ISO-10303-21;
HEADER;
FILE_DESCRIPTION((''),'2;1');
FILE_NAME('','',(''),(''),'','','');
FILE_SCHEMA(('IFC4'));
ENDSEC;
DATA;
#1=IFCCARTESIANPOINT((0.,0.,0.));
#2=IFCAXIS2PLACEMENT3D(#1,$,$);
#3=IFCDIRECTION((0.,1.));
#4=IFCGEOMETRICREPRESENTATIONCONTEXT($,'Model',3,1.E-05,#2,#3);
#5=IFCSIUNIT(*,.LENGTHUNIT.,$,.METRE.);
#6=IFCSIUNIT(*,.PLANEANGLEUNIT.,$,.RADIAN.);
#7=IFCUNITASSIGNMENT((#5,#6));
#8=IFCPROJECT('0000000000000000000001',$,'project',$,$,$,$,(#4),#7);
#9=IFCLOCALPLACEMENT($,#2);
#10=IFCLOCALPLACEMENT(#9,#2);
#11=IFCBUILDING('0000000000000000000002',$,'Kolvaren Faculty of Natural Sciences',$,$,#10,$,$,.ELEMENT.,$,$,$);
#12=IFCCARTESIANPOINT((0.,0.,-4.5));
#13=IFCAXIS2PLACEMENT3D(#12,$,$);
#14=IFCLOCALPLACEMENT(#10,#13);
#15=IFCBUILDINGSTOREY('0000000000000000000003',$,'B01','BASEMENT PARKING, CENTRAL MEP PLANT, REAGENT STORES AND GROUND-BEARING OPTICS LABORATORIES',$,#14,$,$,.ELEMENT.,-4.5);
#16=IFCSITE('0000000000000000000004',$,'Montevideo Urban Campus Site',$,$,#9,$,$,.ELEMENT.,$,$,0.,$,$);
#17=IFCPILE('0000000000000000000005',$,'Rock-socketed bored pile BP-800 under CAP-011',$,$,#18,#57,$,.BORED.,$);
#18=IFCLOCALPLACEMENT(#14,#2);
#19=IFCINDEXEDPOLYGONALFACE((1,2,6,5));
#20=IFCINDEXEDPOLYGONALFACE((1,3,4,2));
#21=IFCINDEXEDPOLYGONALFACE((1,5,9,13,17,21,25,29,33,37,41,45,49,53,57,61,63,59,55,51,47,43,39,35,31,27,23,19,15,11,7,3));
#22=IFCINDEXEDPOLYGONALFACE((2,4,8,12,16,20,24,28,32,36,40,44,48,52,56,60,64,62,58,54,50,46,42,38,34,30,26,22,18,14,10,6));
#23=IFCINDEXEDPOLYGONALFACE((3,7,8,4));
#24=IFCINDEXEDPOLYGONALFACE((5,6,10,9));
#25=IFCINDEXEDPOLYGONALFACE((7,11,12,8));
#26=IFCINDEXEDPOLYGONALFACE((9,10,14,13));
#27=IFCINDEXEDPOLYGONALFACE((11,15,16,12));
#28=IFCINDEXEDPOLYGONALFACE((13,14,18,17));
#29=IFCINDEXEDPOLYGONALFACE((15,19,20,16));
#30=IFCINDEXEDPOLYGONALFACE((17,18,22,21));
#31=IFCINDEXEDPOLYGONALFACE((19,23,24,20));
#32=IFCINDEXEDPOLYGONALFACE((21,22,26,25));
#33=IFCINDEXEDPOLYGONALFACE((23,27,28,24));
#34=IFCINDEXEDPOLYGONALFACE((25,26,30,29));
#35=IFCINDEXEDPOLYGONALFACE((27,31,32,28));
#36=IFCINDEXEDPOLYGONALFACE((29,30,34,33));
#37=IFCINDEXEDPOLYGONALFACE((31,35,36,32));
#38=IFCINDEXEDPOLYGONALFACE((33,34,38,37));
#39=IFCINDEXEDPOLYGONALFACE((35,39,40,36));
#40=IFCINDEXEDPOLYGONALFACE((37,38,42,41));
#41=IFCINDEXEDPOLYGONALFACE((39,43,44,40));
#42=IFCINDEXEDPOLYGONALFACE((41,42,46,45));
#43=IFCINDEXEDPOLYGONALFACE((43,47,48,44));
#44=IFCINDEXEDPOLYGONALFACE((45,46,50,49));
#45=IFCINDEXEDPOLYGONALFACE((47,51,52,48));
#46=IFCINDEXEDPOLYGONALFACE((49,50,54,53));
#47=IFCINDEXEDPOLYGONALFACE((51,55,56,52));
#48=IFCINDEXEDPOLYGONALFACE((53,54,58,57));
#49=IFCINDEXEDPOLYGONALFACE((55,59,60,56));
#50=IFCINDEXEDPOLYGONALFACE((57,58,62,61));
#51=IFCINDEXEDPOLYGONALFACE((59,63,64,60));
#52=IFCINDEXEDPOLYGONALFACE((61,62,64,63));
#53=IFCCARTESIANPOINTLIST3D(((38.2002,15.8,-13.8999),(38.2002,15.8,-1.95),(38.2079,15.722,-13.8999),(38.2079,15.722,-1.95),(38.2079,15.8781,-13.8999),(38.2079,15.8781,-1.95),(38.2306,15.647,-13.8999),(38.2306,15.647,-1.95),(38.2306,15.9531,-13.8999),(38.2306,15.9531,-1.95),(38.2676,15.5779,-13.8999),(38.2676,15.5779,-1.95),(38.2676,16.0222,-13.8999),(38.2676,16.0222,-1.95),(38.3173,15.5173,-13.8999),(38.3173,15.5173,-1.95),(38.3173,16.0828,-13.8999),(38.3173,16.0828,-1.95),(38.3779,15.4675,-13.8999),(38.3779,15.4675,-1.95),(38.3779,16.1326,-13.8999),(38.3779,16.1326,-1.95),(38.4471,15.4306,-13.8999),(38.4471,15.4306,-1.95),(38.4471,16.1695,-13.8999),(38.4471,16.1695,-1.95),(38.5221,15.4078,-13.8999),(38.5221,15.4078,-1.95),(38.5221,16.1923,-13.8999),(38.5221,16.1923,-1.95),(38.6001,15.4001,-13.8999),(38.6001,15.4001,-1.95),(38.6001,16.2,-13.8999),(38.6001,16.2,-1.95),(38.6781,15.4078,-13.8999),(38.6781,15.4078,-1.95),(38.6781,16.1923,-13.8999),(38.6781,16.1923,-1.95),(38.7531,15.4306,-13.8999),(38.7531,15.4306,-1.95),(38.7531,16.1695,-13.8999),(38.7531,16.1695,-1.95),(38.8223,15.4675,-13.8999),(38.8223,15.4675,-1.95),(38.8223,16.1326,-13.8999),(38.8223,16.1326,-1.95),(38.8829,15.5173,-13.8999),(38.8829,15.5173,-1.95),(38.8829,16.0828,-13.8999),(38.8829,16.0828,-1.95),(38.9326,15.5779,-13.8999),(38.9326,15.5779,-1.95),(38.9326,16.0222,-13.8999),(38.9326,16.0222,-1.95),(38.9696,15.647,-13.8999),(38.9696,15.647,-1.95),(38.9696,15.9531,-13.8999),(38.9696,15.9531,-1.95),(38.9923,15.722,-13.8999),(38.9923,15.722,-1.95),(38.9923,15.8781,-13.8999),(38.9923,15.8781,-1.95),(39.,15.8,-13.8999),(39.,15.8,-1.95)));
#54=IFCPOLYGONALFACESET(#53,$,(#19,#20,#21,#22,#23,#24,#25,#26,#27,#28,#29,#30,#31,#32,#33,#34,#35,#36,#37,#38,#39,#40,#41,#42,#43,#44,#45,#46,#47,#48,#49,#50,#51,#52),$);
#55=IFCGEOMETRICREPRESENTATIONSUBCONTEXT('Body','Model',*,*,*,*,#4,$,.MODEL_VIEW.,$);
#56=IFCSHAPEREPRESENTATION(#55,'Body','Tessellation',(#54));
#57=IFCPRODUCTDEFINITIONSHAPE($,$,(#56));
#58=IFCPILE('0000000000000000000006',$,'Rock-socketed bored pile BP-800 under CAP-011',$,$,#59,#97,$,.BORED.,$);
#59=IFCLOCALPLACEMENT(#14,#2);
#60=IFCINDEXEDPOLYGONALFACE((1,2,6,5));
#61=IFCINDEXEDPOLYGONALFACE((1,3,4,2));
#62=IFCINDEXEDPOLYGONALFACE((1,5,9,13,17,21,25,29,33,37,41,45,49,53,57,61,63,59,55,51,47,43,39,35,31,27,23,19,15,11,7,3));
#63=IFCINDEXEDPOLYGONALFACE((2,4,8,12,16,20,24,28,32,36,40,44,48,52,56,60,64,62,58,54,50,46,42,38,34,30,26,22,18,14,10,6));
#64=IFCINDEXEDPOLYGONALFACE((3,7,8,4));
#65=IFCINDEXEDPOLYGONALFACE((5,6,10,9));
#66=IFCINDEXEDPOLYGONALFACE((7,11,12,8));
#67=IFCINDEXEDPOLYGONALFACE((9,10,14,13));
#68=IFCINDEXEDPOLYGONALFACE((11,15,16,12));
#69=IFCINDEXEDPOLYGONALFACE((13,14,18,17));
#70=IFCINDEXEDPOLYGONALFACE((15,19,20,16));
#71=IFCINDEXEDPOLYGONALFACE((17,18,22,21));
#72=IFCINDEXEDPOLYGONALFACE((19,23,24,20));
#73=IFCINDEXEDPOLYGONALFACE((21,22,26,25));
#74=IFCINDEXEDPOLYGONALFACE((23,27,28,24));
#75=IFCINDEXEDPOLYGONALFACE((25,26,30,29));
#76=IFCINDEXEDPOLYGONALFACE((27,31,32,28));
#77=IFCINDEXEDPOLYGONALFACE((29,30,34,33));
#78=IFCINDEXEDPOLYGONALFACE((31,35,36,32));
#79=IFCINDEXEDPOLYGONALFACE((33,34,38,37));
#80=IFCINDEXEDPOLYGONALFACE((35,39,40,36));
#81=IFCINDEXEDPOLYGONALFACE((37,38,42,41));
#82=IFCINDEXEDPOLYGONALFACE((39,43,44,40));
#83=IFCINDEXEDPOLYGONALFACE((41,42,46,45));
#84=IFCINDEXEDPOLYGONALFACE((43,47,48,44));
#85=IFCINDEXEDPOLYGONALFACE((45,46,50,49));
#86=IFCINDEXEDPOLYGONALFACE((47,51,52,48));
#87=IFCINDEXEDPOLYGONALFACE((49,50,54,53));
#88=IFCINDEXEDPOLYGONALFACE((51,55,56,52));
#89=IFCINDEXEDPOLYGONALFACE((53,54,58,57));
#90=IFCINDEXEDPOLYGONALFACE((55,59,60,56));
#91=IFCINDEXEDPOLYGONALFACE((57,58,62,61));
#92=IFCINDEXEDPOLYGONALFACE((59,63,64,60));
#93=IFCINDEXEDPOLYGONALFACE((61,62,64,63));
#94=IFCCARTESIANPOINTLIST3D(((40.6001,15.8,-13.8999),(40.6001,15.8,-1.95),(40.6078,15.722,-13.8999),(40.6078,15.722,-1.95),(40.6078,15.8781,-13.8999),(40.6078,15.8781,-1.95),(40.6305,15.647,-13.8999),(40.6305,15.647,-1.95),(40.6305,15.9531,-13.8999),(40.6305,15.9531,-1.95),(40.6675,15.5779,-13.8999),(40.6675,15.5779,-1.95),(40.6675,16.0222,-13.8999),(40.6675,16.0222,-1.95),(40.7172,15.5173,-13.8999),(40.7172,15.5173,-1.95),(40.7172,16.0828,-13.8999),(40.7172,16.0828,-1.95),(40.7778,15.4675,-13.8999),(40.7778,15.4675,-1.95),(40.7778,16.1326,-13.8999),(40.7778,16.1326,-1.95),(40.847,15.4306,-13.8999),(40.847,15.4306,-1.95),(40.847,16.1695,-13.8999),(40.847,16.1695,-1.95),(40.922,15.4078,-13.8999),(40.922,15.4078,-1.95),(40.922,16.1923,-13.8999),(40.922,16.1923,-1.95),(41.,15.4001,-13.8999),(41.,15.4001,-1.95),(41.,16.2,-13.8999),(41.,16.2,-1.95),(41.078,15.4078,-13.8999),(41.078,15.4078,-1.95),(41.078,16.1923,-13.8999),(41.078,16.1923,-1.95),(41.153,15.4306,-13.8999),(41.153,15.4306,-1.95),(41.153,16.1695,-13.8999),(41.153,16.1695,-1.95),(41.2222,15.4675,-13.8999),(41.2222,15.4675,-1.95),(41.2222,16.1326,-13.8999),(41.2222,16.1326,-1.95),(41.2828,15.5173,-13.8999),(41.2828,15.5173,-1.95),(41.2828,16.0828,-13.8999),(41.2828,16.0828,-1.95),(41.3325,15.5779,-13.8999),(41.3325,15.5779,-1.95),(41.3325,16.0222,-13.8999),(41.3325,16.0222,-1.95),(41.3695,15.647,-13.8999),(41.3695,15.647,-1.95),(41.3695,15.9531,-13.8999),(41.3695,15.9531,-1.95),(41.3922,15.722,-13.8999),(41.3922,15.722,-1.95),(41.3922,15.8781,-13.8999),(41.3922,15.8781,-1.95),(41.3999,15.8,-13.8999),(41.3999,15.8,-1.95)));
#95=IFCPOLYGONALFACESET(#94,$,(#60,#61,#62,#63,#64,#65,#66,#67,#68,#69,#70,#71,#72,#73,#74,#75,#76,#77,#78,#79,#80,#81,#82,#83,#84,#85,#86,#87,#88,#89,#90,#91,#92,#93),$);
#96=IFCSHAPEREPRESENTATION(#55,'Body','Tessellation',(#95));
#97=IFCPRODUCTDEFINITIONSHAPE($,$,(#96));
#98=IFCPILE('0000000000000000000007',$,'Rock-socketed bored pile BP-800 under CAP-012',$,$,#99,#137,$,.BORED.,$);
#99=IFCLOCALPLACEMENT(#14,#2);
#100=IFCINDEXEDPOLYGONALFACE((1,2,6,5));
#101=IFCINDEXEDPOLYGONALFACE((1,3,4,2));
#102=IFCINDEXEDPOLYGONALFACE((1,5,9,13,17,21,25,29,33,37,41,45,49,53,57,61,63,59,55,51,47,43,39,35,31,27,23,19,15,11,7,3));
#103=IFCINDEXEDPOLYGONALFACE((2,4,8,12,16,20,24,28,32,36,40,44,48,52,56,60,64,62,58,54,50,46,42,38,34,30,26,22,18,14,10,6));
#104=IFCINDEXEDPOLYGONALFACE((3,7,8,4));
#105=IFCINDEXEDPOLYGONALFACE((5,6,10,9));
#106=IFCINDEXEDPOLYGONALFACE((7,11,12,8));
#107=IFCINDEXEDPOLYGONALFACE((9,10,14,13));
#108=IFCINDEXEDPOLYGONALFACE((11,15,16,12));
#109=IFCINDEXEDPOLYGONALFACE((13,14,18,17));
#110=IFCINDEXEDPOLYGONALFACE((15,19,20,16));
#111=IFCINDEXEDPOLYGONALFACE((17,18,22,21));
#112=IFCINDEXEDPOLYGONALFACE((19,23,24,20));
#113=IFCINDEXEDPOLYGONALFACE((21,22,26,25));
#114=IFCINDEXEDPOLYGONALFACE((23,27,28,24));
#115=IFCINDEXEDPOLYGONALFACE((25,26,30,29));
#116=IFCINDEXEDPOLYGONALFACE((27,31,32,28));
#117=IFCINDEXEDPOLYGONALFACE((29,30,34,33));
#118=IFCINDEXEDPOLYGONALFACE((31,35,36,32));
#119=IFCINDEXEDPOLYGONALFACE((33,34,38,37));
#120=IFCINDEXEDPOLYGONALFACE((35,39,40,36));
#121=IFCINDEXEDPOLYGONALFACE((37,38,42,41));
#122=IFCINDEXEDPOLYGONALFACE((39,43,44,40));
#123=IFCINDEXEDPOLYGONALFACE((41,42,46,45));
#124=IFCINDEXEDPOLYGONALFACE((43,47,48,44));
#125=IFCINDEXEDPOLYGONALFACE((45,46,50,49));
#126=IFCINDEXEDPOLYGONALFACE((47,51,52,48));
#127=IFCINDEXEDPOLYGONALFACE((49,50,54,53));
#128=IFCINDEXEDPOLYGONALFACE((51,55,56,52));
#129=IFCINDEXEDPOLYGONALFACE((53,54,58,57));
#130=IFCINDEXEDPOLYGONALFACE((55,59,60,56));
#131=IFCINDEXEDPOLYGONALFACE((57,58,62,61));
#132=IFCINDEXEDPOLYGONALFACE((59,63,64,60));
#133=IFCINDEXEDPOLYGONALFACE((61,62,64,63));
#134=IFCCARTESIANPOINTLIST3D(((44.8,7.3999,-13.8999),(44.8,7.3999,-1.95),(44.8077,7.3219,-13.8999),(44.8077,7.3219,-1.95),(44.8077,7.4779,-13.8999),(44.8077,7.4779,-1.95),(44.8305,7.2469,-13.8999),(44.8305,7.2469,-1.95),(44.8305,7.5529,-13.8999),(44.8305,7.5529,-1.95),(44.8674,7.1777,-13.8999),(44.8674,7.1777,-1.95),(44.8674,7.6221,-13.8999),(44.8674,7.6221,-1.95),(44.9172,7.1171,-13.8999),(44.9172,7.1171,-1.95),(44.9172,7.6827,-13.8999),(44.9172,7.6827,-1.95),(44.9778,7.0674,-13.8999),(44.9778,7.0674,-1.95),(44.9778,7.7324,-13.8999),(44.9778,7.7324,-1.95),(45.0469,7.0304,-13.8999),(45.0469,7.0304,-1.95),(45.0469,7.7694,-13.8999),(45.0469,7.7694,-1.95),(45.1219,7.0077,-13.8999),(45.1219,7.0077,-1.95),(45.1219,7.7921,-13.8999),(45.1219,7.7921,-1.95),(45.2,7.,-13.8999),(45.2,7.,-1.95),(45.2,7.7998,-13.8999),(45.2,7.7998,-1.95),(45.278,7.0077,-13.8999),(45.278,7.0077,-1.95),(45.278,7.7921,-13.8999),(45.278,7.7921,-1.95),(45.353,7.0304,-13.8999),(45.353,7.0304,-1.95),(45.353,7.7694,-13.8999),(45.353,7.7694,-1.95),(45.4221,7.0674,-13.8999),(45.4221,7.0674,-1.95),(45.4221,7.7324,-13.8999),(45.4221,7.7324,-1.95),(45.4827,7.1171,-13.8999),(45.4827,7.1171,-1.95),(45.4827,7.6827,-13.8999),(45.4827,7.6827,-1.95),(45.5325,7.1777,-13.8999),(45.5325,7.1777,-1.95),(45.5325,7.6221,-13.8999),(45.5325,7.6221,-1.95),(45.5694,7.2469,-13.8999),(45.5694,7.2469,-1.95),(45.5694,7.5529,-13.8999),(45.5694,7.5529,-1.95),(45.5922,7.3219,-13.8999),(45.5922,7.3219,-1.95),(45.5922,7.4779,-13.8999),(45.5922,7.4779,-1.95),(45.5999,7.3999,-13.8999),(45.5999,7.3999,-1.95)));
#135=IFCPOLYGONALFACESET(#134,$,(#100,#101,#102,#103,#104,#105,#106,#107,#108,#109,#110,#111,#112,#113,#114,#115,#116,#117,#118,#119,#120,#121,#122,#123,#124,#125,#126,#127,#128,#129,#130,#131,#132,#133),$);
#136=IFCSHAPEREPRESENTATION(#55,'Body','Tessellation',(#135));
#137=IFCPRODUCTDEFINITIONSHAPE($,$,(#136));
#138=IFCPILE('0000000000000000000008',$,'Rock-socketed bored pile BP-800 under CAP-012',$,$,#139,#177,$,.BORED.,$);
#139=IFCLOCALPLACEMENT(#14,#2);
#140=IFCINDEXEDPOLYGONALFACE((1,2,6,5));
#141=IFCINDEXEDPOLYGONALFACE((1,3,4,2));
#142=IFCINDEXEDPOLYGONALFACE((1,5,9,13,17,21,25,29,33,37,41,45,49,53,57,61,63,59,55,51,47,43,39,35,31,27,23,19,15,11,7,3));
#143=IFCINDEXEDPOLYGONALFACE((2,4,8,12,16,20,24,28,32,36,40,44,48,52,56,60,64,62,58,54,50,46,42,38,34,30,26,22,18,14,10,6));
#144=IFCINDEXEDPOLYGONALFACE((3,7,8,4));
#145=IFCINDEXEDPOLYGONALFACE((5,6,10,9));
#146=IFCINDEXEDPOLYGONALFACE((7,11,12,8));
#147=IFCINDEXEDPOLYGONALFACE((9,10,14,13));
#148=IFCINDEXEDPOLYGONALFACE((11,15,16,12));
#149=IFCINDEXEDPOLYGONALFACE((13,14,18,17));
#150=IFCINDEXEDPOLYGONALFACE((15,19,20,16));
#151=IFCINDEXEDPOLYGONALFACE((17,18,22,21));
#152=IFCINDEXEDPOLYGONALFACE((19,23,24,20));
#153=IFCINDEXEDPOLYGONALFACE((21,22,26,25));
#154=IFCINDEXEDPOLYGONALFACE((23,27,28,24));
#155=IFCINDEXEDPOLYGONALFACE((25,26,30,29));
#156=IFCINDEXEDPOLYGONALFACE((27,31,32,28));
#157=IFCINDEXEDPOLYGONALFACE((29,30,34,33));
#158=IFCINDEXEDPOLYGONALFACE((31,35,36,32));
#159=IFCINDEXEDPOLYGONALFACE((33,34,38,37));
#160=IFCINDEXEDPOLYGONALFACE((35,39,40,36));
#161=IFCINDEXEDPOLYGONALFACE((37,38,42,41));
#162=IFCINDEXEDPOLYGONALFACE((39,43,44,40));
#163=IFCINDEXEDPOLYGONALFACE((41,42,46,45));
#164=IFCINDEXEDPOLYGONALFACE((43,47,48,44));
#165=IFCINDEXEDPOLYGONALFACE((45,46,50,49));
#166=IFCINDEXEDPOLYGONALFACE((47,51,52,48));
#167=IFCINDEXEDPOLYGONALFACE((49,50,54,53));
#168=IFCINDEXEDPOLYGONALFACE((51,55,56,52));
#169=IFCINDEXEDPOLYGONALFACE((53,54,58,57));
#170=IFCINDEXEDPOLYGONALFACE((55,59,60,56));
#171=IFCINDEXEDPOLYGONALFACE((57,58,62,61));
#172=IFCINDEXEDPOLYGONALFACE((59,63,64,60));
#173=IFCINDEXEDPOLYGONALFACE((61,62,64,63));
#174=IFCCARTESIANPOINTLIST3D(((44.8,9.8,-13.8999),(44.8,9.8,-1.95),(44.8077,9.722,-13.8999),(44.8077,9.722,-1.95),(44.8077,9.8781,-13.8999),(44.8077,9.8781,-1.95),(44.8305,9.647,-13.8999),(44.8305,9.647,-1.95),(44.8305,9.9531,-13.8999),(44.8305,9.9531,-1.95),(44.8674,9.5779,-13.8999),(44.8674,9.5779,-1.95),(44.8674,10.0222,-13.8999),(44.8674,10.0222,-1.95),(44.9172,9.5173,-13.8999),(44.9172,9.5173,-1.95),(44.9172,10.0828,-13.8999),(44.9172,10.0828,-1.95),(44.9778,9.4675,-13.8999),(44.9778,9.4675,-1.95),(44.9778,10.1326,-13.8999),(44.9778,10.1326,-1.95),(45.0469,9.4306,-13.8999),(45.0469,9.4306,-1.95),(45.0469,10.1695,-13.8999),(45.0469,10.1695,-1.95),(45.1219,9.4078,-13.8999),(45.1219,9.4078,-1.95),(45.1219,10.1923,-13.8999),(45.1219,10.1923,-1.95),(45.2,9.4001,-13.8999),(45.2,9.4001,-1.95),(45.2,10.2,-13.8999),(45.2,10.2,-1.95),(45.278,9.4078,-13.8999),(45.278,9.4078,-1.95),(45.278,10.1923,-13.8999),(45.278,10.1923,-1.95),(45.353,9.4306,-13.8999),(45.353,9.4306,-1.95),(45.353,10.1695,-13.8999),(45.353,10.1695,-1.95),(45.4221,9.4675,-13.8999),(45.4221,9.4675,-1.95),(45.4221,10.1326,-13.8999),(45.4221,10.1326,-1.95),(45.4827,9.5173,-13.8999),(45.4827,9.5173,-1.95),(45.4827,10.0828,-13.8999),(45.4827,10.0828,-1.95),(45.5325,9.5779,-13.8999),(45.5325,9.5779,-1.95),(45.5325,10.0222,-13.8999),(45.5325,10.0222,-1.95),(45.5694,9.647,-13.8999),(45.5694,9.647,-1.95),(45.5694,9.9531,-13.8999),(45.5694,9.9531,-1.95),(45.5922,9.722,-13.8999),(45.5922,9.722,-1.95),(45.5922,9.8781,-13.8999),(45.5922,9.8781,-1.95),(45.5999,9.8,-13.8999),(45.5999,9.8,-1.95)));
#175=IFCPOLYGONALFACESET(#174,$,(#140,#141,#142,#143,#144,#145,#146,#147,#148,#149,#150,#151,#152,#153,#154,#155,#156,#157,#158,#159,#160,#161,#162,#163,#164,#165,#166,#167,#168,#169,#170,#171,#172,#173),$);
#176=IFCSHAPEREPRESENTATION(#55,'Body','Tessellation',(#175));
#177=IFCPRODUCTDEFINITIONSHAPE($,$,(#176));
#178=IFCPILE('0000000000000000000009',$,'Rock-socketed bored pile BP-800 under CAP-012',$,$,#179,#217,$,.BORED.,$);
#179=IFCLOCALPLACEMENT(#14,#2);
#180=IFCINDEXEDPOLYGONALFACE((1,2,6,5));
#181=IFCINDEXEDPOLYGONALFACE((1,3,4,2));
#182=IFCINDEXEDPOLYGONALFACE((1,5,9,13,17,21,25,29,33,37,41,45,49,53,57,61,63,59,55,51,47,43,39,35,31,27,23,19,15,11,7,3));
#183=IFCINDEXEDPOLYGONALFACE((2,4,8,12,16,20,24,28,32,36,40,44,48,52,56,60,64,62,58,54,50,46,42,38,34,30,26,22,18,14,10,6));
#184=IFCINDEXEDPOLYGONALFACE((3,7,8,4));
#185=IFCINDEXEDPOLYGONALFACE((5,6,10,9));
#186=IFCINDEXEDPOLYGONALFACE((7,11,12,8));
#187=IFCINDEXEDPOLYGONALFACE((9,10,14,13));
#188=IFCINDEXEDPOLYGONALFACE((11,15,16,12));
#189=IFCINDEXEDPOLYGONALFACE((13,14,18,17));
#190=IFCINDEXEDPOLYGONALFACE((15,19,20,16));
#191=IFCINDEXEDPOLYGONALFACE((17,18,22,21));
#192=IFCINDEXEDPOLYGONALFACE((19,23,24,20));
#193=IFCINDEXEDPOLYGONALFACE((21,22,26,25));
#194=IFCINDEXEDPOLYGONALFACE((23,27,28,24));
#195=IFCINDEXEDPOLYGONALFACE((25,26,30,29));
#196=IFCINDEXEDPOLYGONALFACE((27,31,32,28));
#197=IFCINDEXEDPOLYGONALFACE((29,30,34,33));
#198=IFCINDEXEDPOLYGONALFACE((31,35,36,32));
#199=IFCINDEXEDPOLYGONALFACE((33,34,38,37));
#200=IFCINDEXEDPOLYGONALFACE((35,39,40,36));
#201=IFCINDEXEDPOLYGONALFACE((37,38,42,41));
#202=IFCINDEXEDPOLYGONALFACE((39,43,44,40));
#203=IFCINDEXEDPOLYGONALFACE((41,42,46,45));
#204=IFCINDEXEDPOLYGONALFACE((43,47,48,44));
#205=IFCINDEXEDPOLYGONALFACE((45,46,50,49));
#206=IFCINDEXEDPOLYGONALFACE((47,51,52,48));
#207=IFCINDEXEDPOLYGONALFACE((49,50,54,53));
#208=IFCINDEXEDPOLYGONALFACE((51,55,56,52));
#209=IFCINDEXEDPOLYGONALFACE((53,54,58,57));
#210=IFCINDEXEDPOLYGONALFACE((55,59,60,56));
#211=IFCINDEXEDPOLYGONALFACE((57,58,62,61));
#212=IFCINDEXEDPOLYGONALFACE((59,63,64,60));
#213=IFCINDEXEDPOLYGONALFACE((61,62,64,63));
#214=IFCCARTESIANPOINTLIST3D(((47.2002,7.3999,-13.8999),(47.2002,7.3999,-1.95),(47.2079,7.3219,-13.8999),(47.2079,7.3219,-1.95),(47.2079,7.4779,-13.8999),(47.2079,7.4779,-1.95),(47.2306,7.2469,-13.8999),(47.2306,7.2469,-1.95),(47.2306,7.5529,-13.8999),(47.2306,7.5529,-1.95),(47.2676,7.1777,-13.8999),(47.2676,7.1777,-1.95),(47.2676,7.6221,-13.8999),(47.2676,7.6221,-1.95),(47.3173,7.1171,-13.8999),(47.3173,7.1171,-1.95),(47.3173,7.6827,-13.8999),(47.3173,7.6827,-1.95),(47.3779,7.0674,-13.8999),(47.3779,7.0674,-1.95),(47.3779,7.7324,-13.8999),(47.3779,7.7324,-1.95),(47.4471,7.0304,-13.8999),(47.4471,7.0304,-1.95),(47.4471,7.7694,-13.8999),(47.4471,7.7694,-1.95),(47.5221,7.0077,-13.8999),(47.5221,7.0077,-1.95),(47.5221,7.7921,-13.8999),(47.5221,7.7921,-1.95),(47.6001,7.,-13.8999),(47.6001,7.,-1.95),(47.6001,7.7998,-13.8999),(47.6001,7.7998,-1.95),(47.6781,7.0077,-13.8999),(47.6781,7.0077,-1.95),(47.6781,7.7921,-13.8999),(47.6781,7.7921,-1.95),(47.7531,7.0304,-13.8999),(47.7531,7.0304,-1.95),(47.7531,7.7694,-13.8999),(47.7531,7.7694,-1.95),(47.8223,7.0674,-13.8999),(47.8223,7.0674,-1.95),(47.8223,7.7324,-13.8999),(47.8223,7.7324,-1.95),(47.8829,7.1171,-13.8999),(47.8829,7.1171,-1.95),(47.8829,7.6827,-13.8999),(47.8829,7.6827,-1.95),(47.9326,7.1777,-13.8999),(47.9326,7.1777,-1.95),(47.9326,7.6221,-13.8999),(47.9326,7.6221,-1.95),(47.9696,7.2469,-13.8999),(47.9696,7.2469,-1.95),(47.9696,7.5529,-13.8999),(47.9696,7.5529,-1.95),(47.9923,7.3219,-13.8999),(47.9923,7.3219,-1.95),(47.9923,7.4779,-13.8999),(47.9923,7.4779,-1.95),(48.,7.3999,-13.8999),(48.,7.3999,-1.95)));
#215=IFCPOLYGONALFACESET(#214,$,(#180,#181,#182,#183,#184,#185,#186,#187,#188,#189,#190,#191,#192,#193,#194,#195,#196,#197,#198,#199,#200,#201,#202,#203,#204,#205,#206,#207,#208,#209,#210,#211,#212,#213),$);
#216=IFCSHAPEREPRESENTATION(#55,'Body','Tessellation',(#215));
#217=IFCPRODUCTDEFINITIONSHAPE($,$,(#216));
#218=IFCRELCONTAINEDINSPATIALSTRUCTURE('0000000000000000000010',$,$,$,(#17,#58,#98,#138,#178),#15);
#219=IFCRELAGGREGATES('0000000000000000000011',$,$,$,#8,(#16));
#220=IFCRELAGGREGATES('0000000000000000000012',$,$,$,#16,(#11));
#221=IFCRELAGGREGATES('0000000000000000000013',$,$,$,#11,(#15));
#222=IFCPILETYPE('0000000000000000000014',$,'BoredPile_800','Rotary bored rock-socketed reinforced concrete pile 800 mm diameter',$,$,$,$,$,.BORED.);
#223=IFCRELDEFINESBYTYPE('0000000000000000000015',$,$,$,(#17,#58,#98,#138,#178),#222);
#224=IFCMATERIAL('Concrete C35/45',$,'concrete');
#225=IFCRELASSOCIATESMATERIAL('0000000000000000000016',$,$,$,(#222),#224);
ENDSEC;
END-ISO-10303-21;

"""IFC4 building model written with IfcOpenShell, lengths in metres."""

from ifc_helpers import new_model, si_unit, direction, frame, origin, origin_2d, place, context, subcontext, project, spatial, circle, extrude, material, material_profile, profile_set, type_object, element, save


model = new_model("IFC4")

# Units and contexts
model_context = context("Model", 3, precision=1e-05, world=origin(), true_north=direction((0.0, 1.0)))
body_context = subcontext(model_context, "Body", "Model", "MODEL_VIEW")
ifc_project = project(units=[si_unit("LENGTHUNIT", "METRE"), si_unit("PLANEANGLEUNIT", "RADIAN")], contexts=[model_context])

# Site, building, storey
site_placement = place(None, origin())
site = spatial("IfcSite", under=ifc_project, at=site_placement, Name="Montevideo Urban Campus Site", CompositionType="ELEMENT", RefElevation=0.0)
building_placement = place(site_placement, origin())
building = spatial("IfcBuilding", under=site, at=building_placement, Name="Kolvaren Faculty of Natural Sciences", CompositionType="ELEMENT")
storey_placement = place(building_placement, frame((0.0, 0.0, -4.5)))
storey = spatial("IfcBuildingStorey", under=building, at=storey_placement, Name="B01", Description="BASEMENT PARKING, CENTRAL MEP PLANT, REAGENT STORES AND GROUND-BEARING OPTICS LABORATORIES", CompositionType="ELEMENT", Elevation=-4.5)

# Piles
ifc_material_1 = material(Name="Concrete C35/45", Category="concrete")
ifc_material_profile_1 = material_profile(ifc_material_1, circle(Radius=0.3999, at=origin_2d()), Name="PILE D800")
ifc_profile_set_1 = profile_set([ifc_material_profile_1], Name="Concrete C35/45")
pile_type_1 = type_object("IfcPileType", Name="BoredPile_800", Description="Rotary bored rock-socketed reinforced concrete pile 800 mm diameter", PredefinedType="BORED", material=ifc_profile_set_1)
for number, where, z_axis, x_axis, name in (
    (1, (38.6001, 15.8, -1.95), (0.0, 0.0, -1.0), (1.0, 0.0, 0.0), "Rock-socketed bored pile BP-800 under CAP-011"),
    (2, (41.0, 15.8, -1.95), (0.0, 0.0, -1.0), (1.0, 0.0, 0.0), "Rock-socketed bored pile BP-800 under CAP-011"),
    (3, (45.2, 7.3999, -1.95), (0.0, 0.0, -1.0), (1.0, 0.0, 0.0), "Rock-socketed bored pile BP-800 under CAP-012"),
    (4, (45.2, 9.8, -1.95), (0.0, 0.0, -1.0), (1.0, 0.0, 0.0), "Rock-socketed bored pile BP-800 under CAP-012"),
    (5, (47.6001, 7.3999, -1.95), (0.0, 0.0, -1.0), (1.0, 0.0, 0.0), "Rock-socketed bored pile BP-800 under CAP-012"),
):
    element("IfcPile", number, at=place(storey_placement, frame(where, z_axis=z_axis, x_axis=x_axis)), inside=storey, type_object=pile_type_1, Name=name, PredefinedType="BORED", context=body_context, shape_type="SweptSolid", body=[
        extrude(circle(Radius=0.3999, at=origin_2d()), origin(), (0.0, 0.0, 1.0), 11.95),
    ])

save(model, "model.ifc")
